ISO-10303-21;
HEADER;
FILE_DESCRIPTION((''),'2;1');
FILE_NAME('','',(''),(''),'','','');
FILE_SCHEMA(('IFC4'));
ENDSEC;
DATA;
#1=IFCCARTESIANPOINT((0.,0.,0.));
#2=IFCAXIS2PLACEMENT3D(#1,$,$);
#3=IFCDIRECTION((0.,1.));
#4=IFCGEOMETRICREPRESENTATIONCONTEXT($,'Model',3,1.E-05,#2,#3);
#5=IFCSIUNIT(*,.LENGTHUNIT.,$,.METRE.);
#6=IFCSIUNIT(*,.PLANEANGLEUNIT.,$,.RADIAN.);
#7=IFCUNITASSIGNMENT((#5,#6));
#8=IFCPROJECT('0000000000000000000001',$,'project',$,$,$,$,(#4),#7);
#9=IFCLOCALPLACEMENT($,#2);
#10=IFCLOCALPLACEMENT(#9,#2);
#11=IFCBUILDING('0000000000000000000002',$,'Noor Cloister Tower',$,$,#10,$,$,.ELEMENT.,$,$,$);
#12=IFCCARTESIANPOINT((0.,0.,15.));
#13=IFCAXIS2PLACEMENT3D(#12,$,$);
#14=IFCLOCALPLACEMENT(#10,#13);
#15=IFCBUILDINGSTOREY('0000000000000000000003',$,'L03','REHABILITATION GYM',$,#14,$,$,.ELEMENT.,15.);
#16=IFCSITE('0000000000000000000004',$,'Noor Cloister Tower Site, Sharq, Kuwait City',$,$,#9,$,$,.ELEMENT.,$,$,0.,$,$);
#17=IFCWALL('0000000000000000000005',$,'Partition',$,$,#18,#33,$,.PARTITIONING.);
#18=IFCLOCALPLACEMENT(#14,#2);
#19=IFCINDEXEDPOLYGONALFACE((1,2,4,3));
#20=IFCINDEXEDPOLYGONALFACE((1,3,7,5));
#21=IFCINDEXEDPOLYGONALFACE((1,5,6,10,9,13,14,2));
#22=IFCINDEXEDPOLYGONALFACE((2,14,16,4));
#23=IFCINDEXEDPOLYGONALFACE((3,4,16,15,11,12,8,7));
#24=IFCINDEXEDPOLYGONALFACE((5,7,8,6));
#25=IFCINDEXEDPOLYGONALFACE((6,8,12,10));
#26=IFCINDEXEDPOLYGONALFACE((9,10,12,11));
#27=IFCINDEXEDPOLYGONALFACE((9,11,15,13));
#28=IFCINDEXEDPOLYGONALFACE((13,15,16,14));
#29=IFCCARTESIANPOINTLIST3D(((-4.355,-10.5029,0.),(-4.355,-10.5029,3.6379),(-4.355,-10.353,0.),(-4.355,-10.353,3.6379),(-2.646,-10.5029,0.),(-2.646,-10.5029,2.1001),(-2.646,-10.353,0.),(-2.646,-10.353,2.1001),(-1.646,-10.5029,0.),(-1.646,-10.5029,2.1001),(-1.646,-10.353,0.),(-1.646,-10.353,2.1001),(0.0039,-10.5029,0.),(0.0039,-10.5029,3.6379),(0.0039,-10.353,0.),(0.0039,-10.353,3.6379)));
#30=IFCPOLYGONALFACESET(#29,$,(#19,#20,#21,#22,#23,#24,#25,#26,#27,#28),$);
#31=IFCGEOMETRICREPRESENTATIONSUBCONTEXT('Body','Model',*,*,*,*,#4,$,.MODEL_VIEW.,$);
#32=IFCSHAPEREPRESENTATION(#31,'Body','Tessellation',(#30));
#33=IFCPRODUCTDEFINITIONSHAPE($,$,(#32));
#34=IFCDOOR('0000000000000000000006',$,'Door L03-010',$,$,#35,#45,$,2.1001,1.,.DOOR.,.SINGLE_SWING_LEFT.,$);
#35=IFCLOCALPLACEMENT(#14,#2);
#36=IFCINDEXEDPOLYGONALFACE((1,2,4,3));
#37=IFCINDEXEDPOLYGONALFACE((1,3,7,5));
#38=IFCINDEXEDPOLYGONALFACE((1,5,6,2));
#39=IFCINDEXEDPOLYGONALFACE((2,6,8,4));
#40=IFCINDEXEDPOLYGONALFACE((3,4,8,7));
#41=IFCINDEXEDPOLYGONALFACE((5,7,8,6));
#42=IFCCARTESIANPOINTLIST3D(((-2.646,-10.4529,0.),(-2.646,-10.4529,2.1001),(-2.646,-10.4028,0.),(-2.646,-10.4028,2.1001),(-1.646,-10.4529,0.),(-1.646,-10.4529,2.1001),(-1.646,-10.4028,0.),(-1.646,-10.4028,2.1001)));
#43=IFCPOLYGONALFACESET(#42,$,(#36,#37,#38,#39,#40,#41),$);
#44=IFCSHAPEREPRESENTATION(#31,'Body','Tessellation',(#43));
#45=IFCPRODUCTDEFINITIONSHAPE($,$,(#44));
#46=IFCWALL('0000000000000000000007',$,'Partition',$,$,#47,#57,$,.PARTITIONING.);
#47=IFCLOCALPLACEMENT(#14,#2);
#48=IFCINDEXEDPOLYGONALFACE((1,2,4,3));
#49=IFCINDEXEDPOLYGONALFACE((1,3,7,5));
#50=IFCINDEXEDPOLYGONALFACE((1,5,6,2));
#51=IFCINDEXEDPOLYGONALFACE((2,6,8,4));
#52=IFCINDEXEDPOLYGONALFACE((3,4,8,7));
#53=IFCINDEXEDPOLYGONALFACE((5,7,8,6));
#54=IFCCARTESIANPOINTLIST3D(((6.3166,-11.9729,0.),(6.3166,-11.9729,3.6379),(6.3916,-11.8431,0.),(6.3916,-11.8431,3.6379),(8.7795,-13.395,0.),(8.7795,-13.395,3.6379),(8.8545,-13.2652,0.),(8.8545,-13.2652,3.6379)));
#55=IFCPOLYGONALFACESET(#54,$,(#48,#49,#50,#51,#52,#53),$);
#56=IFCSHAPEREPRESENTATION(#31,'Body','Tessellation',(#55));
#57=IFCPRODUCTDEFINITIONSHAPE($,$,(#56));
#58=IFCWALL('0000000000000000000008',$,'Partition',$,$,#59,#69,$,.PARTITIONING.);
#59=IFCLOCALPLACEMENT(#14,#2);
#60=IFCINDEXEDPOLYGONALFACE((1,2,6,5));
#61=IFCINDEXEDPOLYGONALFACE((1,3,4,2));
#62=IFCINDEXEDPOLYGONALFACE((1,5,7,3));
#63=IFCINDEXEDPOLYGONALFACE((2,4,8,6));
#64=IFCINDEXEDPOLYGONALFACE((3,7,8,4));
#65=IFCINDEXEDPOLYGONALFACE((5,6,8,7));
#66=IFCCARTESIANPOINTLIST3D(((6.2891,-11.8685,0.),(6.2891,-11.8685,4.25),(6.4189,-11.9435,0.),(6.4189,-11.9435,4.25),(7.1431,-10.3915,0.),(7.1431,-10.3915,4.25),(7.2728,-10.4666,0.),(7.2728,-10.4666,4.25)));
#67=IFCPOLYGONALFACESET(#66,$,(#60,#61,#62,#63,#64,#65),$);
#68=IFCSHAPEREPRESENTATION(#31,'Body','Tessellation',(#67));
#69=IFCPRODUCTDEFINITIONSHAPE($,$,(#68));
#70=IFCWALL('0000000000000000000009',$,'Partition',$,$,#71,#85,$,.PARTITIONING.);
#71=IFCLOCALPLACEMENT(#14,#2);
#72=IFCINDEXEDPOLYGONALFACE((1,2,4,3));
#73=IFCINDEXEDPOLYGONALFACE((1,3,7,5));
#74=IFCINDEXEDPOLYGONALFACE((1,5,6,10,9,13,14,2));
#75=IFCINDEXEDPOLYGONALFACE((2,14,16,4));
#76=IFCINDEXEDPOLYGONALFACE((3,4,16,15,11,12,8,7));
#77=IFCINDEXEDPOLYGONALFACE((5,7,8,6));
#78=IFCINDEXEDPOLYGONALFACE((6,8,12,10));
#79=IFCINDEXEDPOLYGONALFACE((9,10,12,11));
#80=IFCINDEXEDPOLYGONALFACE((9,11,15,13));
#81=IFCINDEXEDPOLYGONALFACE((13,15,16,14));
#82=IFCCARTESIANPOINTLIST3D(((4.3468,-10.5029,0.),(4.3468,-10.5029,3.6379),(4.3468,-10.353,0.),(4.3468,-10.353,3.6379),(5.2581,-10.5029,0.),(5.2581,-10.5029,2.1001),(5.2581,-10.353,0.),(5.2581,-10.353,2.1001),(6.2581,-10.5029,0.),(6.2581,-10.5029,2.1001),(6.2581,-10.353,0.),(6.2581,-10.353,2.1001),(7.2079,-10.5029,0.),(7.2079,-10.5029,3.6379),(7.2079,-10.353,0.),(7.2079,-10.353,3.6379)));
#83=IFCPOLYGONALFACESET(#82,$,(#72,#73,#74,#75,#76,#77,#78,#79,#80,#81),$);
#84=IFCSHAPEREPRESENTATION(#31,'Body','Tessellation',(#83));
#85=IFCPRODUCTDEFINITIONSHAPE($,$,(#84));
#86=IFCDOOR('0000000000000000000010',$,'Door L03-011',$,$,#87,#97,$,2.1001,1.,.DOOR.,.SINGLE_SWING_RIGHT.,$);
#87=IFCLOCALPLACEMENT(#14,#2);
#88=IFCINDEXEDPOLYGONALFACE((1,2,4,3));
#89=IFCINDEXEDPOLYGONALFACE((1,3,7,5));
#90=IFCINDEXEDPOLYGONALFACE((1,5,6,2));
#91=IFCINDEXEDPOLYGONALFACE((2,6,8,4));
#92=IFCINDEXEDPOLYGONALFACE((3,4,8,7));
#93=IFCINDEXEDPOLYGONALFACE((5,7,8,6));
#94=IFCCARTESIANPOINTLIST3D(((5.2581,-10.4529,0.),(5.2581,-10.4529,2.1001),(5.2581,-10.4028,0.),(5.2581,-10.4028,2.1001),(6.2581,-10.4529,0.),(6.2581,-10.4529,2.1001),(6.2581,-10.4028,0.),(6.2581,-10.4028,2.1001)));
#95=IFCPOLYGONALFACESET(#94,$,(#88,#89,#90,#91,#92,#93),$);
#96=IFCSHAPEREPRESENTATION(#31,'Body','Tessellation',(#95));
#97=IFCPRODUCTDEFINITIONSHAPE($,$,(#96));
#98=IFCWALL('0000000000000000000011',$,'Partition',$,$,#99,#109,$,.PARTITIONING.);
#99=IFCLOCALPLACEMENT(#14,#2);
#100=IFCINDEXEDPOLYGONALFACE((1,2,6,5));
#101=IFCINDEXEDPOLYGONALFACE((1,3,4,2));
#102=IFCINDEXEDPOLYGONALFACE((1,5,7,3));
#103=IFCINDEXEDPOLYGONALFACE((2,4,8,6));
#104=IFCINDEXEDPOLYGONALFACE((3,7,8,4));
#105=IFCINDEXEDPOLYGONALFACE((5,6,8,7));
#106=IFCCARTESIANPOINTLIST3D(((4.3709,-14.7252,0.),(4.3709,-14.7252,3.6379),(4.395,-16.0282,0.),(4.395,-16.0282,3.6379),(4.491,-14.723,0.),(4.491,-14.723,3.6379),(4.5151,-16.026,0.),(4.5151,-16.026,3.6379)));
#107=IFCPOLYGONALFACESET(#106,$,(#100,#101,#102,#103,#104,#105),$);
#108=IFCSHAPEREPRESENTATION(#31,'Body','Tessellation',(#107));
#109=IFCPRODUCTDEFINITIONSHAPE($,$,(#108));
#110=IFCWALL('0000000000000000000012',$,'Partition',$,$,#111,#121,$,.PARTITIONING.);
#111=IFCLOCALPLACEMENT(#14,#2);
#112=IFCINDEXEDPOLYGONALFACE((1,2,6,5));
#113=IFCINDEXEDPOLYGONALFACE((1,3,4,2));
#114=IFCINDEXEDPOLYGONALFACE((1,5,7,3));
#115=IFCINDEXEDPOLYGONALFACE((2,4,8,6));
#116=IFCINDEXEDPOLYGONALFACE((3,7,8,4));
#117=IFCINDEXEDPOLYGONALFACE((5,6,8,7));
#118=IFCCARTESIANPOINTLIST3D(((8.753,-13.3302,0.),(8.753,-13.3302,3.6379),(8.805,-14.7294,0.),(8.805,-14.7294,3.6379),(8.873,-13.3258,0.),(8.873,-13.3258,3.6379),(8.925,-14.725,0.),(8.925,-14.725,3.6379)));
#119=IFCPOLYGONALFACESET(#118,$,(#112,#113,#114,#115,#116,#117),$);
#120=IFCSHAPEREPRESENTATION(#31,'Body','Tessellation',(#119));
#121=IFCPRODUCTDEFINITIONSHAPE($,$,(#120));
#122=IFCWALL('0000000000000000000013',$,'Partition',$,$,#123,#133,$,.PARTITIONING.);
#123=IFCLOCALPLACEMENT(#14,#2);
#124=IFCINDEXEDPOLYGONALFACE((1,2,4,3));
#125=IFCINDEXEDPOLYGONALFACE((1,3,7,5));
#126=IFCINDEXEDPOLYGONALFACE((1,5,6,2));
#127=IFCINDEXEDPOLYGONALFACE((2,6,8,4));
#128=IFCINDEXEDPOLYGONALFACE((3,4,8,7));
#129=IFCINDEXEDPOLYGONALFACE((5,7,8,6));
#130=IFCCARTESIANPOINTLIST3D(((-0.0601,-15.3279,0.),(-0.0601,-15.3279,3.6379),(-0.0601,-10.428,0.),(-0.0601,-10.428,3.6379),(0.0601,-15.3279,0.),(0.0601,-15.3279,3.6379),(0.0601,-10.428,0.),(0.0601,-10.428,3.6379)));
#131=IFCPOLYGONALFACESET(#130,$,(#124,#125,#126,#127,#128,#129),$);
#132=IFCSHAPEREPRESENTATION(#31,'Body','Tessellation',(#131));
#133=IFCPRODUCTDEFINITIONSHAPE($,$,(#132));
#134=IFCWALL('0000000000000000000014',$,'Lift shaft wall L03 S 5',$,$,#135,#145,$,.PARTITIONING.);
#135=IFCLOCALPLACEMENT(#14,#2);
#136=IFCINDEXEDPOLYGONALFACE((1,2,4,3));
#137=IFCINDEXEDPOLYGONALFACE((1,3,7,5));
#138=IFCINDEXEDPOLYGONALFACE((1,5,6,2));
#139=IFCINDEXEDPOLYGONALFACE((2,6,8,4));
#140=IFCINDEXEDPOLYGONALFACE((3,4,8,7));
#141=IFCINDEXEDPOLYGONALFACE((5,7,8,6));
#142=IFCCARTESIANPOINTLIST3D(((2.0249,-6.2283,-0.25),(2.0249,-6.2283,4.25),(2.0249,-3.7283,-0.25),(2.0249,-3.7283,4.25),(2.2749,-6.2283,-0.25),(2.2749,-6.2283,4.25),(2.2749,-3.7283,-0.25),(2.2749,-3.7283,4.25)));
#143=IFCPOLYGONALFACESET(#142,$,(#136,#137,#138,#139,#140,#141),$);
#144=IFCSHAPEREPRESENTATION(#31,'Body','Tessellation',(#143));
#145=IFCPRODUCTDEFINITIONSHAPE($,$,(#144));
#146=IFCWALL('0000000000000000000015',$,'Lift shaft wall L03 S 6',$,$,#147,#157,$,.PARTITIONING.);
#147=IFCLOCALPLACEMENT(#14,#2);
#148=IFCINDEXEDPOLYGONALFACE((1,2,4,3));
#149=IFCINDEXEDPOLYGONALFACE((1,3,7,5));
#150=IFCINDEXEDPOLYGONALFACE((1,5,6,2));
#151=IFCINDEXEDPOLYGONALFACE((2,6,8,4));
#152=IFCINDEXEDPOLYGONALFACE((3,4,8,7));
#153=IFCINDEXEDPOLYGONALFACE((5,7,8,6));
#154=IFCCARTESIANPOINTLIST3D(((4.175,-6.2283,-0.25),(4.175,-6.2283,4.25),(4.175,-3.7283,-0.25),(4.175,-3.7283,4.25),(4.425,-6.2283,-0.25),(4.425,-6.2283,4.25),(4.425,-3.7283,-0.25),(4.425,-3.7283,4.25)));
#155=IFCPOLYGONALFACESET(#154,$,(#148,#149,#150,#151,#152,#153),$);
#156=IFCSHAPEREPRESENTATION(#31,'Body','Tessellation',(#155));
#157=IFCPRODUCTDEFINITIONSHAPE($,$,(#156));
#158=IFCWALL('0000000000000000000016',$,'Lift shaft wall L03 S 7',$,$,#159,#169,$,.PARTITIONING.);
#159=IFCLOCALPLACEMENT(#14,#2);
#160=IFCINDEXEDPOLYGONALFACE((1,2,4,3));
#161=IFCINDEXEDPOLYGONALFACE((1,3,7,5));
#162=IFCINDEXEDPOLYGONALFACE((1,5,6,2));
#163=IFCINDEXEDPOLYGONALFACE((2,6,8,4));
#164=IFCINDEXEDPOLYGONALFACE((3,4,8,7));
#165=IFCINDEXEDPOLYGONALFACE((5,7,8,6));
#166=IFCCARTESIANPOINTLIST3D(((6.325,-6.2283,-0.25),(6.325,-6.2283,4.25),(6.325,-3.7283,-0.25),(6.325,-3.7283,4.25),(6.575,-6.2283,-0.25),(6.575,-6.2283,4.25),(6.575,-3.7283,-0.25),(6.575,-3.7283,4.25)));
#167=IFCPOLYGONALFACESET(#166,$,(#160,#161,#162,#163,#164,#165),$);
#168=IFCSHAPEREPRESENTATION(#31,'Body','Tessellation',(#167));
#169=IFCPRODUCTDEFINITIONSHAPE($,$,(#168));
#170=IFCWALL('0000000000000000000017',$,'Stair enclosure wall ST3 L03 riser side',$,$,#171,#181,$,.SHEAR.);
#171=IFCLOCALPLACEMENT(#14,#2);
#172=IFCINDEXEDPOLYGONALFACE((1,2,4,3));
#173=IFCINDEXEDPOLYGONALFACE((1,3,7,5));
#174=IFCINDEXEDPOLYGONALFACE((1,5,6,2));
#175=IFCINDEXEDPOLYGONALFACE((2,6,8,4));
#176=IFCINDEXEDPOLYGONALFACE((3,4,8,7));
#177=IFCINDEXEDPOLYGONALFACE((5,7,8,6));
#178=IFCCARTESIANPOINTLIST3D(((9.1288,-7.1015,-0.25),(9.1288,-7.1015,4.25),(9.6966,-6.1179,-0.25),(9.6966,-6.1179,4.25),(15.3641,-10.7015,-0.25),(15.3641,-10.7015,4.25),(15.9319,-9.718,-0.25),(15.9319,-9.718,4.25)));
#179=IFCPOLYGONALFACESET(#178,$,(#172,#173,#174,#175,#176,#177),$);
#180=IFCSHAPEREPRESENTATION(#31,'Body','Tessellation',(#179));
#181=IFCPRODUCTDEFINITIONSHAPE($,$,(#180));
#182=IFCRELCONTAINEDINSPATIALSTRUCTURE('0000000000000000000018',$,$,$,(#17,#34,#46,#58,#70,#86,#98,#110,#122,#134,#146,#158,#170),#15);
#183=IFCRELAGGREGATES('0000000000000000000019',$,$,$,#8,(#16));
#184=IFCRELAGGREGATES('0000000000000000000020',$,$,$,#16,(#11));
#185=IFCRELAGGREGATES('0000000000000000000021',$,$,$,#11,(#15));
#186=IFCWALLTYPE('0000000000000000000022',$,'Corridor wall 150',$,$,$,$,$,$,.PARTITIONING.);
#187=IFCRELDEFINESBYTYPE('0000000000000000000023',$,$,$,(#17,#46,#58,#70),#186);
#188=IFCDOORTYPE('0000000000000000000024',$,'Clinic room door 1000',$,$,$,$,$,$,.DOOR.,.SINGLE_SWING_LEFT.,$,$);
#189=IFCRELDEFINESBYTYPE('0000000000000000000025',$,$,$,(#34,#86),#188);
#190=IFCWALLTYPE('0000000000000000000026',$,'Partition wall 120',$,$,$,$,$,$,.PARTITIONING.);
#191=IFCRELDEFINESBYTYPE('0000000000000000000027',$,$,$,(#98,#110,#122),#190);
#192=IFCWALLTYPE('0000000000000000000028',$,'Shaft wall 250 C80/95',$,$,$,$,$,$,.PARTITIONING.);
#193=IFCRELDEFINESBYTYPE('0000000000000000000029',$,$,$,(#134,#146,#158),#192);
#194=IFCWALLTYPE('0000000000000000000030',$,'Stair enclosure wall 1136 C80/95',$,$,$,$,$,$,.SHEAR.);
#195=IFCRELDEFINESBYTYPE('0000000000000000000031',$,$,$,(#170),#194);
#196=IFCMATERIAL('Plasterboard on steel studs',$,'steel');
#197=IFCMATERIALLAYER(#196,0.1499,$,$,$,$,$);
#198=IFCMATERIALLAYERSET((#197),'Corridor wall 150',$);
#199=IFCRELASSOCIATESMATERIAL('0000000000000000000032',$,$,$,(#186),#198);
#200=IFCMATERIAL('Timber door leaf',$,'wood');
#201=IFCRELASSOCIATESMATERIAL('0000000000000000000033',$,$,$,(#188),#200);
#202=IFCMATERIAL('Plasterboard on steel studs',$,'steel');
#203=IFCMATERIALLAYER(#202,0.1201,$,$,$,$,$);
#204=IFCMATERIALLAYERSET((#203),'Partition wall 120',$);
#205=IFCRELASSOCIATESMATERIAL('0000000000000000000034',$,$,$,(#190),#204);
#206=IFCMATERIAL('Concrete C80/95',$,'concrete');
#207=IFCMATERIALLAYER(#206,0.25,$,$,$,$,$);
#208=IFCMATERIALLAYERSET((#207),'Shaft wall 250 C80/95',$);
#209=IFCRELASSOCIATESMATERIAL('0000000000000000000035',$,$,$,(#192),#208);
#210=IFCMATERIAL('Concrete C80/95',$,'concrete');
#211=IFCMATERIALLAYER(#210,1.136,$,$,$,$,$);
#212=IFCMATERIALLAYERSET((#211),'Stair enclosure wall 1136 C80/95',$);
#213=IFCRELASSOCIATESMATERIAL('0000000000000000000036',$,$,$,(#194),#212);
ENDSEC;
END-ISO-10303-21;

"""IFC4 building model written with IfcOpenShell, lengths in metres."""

from ifc_helpers import new_model, si_unit, direction, frame, frame_2d, origin, place, context, subcontext, project, spatial, rectangle, extrude, material, layer, layer_set, type_object, element, fill, save


model = new_model("IFC4")

# Units and contexts
model_context = context("Model", 3, precision=1e-05, world=origin(), true_north=direction((0.0, 1.0)))
body_context = subcontext(model_context, "Body", "Model", "MODEL_VIEW")
ifc_project = project(units=[si_unit("LENGTHUNIT", "METRE"), si_unit("PLANEANGLEUNIT", "RADIAN")], contexts=[model_context])

# Site, building, storey
site_placement = place(None, origin())
site = spatial("IfcSite", under=ifc_project, at=site_placement, Name="Noor Cloister Tower Site, Sharq, Kuwait City", CompositionType="ELEMENT", RefElevation=0.0)
building_placement = place(site_placement, origin())
building = spatial("IfcBuilding", under=site, at=building_placement, Name="Noor Cloister Tower", CompositionType="ELEMENT")
storey_placement = place(building_placement, frame((0.0, 0.0, 15.0)))
storey = spatial("IfcBuildingStorey", under=building, at=storey_placement, Name="L03", Description="REHABILITATION GYM", CompositionType="ELEMENT", Elevation=15.0)

# Wall, opening, door
ifc_material_1 = material(Name="Plasterboard on steel studs", Category="steel")
ifc_layer_1 = layer(ifc_material_1, 0.1499)
ifc_layer_set_1 = layer_set([ifc_layer_1], Name="Corridor wall 150")
wall_type_1 = type_object("IfcWallType", Name="Corridor wall 150", PredefinedType="PARTITIONING", material=ifc_layer_set_1)
ifc_material_2 = material(Name="Timber door leaf", Category="wood")
door_type_1 = type_object("IfcDoorType", Name="Clinic room door 1000", OperationType="SINGLE_SWING_LEFT", PredefinedType="DOOR", material=ifc_material_2)
wall_1_placement = place(storey_placement, frame((0.0039, -10.428, 0.0), z_axis=(0.0, 0.0, 1.0), x_axis=(-1.0, 0.0, 0.0)))
wall_1 = element("IfcWall", 1, at=wall_1_placement, inside=storey, type_object=wall_type_1, Name="Partition", PredefinedType="PARTITIONING", context=body_context, shape_type="SweptSolid", body=[
    extrude(rectangle(XDim=4.3589, YDim=0.1499, at=frame_2d((2.1794, 0.0))), origin(), (0.0, 0.0, 1.0), 3.6379),
])
opening_1_placement = place(wall_1_placement, frame((1.6499, 0.0, 0.0)))
opening_1 = element("IfcOpeningElement", 2, at=opening_1_placement, cuts=wall_1, PredefinedType="OPENING", context=body_context, shape_type="SweptSolid", body=[
    extrude(rectangle(XDim=1.0, YDim=2.1001, at=frame_2d((0.5, 1.05))), frame((0.0, 0.085, 0.0), z_axis=(0.0, -1.0, 0.0), x_axis=(1.0, 0.0, 0.0)), (0.0, 0.0, 1.0), 0.1699),
])
door_1_placement = place(opening_1_placement, origin())
door_1 = element("IfcDoor", 3, at=door_1_placement, inside=storey, type_object=door_type_1, Name="Door L03-010", OperationType="SINGLE_SWING_LEFT", OverallHeight=2.1001, OverallWidth=1.0, PredefinedType="DOOR", context=body_context, shape_type="SweptSolid", body=[
    extrude(rectangle(XDim=1.0, YDim=2.1001, at=frame_2d((0.5, 1.05))), frame((0.0, 0.0249, 0.0), z_axis=(0.0, -1.0, 0.0), x_axis=(1.0, 0.0, 0.0)), (0.0, 0.0, 1.0), 0.05),
])
fill(opening_1, door_1)

# Walls
wall_2_placement = place(storey_placement, frame((8.8169, -13.3301, 0.0), z_axis=(0.0, 0.0, 1.0), x_axis=(-0.866, 0.500044, 0.0)))
element("IfcWall", 4, at=wall_2_placement, inside=storey, type_object=wall_type_1, Name="Partition", PredefinedType="PARTITIONING", context=body_context, shape_type="SweptSolid", body=[
    extrude(rectangle(XDim=2.844, YDim=0.1499, at=frame_2d((1.4219, 0.0))), origin(), (0.0, 0.0, 1.0), 3.6379),
])
wall_3_placement = place(storey_placement, frame((6.354, -11.906, 0.0), z_axis=(0.0, 0.0, 1.0), x_axis=(0.50054, 0.865714, 0.0)))
element("IfcWall", 5, at=wall_3_placement, inside=storey, type_object=wall_type_1, Name="Partition", PredefinedType="PARTITIONING", context=body_context, shape_type="SweptSolid", body=[
    extrude(rectangle(XDim=1.7061, YDim=0.1499, at=frame_2d((0.853, 0.0))), origin(), (0.0, 0.0, 1.0), 4.25),
])

# Wall, opening, door
wall_4_placement = place(storey_placement, frame((7.208, -10.428, 0.0), z_axis=(0.0, 0.0, 1.0), x_axis=(-1.0, 0.0, 0.0)))
wall_4 = element("IfcWall", 6, at=wall_4_placement, inside=storey, type_object=wall_type_1, Name="Partition", PredefinedType="PARTITIONING", context=body_context, shape_type="SweptSolid", body=[
    extrude(rectangle(XDim=2.8611, YDim=0.1499, at=frame_2d((1.4307, 0.0))), origin(), (0.0, 0.0, 1.0), 3.6379),
])
opening_2_placement = place(wall_4_placement, frame((0.95, 0.0, 0.0)))
opening_2 = element("IfcOpeningElement", 7, at=opening_2_placement, cuts=wall_4, PredefinedType="OPENING", context=body_context, shape_type="SweptSolid", body=[
    extrude(rectangle(XDim=1.0, YDim=2.1001, at=frame_2d((0.5, 1.05))), frame((0.0, 0.085, 0.0), z_axis=(0.0, -1.0, 0.0), x_axis=(1.0, 0.0, 0.0)), (0.0, 0.0, 1.0), 0.1699),
])
door_2_placement = place(opening_2_placement, origin())
door_2 = element("IfcDoor", 8, at=door_2_placement, inside=storey, type_object=door_type_1, Name="Door L03-011", OperationType="SINGLE_SWING_RIGHT", OverallHeight=2.1001, OverallWidth=1.0, PredefinedType="DOOR", context=body_context, shape_type="SweptSolid", body=[
    extrude(rectangle(XDim=1.0, YDim=2.1001, at=frame_2d((0.5, 1.05))), frame((0.0, 0.0249, 0.0), z_axis=(0.0, -1.0, 0.0), x_axis=(1.0, 0.0, 0.0)), (0.0, 0.0, 1.0), 0.05),
])
fill(opening_2, door_2)

# Walls
ifc_material_3 = material(Name="Plasterboard on steel studs", Category="steel")
ifc_layer_2 = layer(ifc_material_3, 0.1201)
ifc_layer_set_2 = layer_set([ifc_layer_2], Name="Partition wall 120")
wall_type_2 = type_object("IfcWallType", Name="Partition wall 120", PredefinedType="PARTITIONING", material=ifc_layer_set_2)
wall_5_placement = place(storey_placement, frame((4.4309, -14.7241, 0.0), z_axis=(0.0, 0.0, 1.0), x_axis=(0.018547, -0.999828, 0.0)))
element("IfcWall", 9, at=wall_5_placement, inside=storey, type_object=wall_type_2, Name="Partition", PredefinedType="PARTITIONING", context=body_context, shape_type="SweptSolid", body=[
    extrude(rectangle(XDim=1.3032, YDim=0.1201, at=frame_2d((0.6516, 0.0))), origin(), (0.0, 0.0, 1.0), 3.6379),
])
wall_6_placement = place(storey_placement, frame((8.813, -13.3279, 0.0), z_axis=(0.0, 0.0, 1.0), x_axis=(0.037141, -0.99931, 0.0)))
element("IfcWall", 10, at=wall_6_placement, inside=storey, type_object=wall_type_2, Name="Partition", PredefinedType="PARTITIONING", context=body_context, shape_type="SweptSolid", body=[
    extrude(rectangle(XDim=1.4001, YDim=0.1201, at=frame_2d((0.7002, 0.0))), origin(), (0.0, 0.0, 1.0), 3.6379),
])
wall_7_placement = place(storey_placement, frame((0.0, -10.428, 0.0), z_axis=(0.0, 0.0, 1.0), x_axis=(0.0, -1.0, 0.0)))
element("IfcWall", 11, at=wall_7_placement, inside=storey, type_object=wall_type_2, Name="Partition", PredefinedType="PARTITIONING", context=body_context, shape_type="SweptSolid", body=[
    extrude(rectangle(XDim=4.8999, YDim=0.1201, at=frame_2d((2.45, 0.0))), origin(), (0.0, 0.0, 1.0), 3.6379),
])
ifc_material_4 = material(Name="Concrete C80/95", Category="concrete")
ifc_layer_3 = layer(ifc_material_4, 0.25)
ifc_layer_set_3 = layer_set([ifc_layer_3], Name="Shaft wall 250 C80/95")
wall_type_3 = type_object("IfcWallType", Name="Shaft wall 250 C80/95", PredefinedType="PARTITIONING", material=ifc_layer_set_3)
for number, where, z_axis, x_axis, name in (
    (12, (2.1499, -6.2283, -0.25), (0.0, 0.0, 1.0), (0.0, 1.0, 0.0), "Lift shaft wall L03 S 5"),
    (13, (4.3, -6.2283, -0.25), (0.0, 0.0, 1.0), (0.0, 1.0, 0.0), "Lift shaft wall L03 S 6"),
    (14, (6.45, -6.2283, -0.25), (0.0, 0.0, 1.0), (0.0, 1.0, 0.0), "Lift shaft wall L03 S 7"),
):
    element("IfcWall", number, at=place(storey_placement, frame(where, z_axis=z_axis, x_axis=x_axis)), inside=storey, type_object=wall_type_3, Name=name, PredefinedType="PARTITIONING", context=body_context, shape_type="SweptSolid", body=[
        extrude(rectangle(XDim=2.5, YDim=0.25, at=frame_2d((1.25, 0.0))), origin(), (0.0, 0.0, 1.0), 4.5),
    ])
ifc_material_5 = material(Name="Concrete C80/95", Category="concrete")
ifc_layer_4 = layer(ifc_material_5, 1.136)
ifc_layer_set_4 = layer_set([ifc_layer_4], Name="Stair enclosure wall 1136 C80/95")
wall_type_4 = type_object("IfcWallType", Name="Stair enclosure wall 1136 C80/95", PredefinedType="SHEAR", material=ifc_layer_set_4)
wall_8_placement = place(storey_placement, frame((9.4126, -6.6096, -0.25), z_axis=(0.0, 0.0, 1.0), x_axis=(0.866018, -0.500012, 0.0)))
element("IfcWall", 15, at=wall_8_placement, inside=storey, type_object=wall_type_4, Name="Stair enclosure wall ST3 L03 riser side", PredefinedType="SHEAR", context=body_context, shape_type="SweptSolid", body=[
    extrude(rectangle(XDim=7.2, YDim=1.1357, at=frame_2d((3.6001, 0.0))), origin(), (0.0, 0.0, 1.0), 4.5),
])

save(model, "model.ifc")
